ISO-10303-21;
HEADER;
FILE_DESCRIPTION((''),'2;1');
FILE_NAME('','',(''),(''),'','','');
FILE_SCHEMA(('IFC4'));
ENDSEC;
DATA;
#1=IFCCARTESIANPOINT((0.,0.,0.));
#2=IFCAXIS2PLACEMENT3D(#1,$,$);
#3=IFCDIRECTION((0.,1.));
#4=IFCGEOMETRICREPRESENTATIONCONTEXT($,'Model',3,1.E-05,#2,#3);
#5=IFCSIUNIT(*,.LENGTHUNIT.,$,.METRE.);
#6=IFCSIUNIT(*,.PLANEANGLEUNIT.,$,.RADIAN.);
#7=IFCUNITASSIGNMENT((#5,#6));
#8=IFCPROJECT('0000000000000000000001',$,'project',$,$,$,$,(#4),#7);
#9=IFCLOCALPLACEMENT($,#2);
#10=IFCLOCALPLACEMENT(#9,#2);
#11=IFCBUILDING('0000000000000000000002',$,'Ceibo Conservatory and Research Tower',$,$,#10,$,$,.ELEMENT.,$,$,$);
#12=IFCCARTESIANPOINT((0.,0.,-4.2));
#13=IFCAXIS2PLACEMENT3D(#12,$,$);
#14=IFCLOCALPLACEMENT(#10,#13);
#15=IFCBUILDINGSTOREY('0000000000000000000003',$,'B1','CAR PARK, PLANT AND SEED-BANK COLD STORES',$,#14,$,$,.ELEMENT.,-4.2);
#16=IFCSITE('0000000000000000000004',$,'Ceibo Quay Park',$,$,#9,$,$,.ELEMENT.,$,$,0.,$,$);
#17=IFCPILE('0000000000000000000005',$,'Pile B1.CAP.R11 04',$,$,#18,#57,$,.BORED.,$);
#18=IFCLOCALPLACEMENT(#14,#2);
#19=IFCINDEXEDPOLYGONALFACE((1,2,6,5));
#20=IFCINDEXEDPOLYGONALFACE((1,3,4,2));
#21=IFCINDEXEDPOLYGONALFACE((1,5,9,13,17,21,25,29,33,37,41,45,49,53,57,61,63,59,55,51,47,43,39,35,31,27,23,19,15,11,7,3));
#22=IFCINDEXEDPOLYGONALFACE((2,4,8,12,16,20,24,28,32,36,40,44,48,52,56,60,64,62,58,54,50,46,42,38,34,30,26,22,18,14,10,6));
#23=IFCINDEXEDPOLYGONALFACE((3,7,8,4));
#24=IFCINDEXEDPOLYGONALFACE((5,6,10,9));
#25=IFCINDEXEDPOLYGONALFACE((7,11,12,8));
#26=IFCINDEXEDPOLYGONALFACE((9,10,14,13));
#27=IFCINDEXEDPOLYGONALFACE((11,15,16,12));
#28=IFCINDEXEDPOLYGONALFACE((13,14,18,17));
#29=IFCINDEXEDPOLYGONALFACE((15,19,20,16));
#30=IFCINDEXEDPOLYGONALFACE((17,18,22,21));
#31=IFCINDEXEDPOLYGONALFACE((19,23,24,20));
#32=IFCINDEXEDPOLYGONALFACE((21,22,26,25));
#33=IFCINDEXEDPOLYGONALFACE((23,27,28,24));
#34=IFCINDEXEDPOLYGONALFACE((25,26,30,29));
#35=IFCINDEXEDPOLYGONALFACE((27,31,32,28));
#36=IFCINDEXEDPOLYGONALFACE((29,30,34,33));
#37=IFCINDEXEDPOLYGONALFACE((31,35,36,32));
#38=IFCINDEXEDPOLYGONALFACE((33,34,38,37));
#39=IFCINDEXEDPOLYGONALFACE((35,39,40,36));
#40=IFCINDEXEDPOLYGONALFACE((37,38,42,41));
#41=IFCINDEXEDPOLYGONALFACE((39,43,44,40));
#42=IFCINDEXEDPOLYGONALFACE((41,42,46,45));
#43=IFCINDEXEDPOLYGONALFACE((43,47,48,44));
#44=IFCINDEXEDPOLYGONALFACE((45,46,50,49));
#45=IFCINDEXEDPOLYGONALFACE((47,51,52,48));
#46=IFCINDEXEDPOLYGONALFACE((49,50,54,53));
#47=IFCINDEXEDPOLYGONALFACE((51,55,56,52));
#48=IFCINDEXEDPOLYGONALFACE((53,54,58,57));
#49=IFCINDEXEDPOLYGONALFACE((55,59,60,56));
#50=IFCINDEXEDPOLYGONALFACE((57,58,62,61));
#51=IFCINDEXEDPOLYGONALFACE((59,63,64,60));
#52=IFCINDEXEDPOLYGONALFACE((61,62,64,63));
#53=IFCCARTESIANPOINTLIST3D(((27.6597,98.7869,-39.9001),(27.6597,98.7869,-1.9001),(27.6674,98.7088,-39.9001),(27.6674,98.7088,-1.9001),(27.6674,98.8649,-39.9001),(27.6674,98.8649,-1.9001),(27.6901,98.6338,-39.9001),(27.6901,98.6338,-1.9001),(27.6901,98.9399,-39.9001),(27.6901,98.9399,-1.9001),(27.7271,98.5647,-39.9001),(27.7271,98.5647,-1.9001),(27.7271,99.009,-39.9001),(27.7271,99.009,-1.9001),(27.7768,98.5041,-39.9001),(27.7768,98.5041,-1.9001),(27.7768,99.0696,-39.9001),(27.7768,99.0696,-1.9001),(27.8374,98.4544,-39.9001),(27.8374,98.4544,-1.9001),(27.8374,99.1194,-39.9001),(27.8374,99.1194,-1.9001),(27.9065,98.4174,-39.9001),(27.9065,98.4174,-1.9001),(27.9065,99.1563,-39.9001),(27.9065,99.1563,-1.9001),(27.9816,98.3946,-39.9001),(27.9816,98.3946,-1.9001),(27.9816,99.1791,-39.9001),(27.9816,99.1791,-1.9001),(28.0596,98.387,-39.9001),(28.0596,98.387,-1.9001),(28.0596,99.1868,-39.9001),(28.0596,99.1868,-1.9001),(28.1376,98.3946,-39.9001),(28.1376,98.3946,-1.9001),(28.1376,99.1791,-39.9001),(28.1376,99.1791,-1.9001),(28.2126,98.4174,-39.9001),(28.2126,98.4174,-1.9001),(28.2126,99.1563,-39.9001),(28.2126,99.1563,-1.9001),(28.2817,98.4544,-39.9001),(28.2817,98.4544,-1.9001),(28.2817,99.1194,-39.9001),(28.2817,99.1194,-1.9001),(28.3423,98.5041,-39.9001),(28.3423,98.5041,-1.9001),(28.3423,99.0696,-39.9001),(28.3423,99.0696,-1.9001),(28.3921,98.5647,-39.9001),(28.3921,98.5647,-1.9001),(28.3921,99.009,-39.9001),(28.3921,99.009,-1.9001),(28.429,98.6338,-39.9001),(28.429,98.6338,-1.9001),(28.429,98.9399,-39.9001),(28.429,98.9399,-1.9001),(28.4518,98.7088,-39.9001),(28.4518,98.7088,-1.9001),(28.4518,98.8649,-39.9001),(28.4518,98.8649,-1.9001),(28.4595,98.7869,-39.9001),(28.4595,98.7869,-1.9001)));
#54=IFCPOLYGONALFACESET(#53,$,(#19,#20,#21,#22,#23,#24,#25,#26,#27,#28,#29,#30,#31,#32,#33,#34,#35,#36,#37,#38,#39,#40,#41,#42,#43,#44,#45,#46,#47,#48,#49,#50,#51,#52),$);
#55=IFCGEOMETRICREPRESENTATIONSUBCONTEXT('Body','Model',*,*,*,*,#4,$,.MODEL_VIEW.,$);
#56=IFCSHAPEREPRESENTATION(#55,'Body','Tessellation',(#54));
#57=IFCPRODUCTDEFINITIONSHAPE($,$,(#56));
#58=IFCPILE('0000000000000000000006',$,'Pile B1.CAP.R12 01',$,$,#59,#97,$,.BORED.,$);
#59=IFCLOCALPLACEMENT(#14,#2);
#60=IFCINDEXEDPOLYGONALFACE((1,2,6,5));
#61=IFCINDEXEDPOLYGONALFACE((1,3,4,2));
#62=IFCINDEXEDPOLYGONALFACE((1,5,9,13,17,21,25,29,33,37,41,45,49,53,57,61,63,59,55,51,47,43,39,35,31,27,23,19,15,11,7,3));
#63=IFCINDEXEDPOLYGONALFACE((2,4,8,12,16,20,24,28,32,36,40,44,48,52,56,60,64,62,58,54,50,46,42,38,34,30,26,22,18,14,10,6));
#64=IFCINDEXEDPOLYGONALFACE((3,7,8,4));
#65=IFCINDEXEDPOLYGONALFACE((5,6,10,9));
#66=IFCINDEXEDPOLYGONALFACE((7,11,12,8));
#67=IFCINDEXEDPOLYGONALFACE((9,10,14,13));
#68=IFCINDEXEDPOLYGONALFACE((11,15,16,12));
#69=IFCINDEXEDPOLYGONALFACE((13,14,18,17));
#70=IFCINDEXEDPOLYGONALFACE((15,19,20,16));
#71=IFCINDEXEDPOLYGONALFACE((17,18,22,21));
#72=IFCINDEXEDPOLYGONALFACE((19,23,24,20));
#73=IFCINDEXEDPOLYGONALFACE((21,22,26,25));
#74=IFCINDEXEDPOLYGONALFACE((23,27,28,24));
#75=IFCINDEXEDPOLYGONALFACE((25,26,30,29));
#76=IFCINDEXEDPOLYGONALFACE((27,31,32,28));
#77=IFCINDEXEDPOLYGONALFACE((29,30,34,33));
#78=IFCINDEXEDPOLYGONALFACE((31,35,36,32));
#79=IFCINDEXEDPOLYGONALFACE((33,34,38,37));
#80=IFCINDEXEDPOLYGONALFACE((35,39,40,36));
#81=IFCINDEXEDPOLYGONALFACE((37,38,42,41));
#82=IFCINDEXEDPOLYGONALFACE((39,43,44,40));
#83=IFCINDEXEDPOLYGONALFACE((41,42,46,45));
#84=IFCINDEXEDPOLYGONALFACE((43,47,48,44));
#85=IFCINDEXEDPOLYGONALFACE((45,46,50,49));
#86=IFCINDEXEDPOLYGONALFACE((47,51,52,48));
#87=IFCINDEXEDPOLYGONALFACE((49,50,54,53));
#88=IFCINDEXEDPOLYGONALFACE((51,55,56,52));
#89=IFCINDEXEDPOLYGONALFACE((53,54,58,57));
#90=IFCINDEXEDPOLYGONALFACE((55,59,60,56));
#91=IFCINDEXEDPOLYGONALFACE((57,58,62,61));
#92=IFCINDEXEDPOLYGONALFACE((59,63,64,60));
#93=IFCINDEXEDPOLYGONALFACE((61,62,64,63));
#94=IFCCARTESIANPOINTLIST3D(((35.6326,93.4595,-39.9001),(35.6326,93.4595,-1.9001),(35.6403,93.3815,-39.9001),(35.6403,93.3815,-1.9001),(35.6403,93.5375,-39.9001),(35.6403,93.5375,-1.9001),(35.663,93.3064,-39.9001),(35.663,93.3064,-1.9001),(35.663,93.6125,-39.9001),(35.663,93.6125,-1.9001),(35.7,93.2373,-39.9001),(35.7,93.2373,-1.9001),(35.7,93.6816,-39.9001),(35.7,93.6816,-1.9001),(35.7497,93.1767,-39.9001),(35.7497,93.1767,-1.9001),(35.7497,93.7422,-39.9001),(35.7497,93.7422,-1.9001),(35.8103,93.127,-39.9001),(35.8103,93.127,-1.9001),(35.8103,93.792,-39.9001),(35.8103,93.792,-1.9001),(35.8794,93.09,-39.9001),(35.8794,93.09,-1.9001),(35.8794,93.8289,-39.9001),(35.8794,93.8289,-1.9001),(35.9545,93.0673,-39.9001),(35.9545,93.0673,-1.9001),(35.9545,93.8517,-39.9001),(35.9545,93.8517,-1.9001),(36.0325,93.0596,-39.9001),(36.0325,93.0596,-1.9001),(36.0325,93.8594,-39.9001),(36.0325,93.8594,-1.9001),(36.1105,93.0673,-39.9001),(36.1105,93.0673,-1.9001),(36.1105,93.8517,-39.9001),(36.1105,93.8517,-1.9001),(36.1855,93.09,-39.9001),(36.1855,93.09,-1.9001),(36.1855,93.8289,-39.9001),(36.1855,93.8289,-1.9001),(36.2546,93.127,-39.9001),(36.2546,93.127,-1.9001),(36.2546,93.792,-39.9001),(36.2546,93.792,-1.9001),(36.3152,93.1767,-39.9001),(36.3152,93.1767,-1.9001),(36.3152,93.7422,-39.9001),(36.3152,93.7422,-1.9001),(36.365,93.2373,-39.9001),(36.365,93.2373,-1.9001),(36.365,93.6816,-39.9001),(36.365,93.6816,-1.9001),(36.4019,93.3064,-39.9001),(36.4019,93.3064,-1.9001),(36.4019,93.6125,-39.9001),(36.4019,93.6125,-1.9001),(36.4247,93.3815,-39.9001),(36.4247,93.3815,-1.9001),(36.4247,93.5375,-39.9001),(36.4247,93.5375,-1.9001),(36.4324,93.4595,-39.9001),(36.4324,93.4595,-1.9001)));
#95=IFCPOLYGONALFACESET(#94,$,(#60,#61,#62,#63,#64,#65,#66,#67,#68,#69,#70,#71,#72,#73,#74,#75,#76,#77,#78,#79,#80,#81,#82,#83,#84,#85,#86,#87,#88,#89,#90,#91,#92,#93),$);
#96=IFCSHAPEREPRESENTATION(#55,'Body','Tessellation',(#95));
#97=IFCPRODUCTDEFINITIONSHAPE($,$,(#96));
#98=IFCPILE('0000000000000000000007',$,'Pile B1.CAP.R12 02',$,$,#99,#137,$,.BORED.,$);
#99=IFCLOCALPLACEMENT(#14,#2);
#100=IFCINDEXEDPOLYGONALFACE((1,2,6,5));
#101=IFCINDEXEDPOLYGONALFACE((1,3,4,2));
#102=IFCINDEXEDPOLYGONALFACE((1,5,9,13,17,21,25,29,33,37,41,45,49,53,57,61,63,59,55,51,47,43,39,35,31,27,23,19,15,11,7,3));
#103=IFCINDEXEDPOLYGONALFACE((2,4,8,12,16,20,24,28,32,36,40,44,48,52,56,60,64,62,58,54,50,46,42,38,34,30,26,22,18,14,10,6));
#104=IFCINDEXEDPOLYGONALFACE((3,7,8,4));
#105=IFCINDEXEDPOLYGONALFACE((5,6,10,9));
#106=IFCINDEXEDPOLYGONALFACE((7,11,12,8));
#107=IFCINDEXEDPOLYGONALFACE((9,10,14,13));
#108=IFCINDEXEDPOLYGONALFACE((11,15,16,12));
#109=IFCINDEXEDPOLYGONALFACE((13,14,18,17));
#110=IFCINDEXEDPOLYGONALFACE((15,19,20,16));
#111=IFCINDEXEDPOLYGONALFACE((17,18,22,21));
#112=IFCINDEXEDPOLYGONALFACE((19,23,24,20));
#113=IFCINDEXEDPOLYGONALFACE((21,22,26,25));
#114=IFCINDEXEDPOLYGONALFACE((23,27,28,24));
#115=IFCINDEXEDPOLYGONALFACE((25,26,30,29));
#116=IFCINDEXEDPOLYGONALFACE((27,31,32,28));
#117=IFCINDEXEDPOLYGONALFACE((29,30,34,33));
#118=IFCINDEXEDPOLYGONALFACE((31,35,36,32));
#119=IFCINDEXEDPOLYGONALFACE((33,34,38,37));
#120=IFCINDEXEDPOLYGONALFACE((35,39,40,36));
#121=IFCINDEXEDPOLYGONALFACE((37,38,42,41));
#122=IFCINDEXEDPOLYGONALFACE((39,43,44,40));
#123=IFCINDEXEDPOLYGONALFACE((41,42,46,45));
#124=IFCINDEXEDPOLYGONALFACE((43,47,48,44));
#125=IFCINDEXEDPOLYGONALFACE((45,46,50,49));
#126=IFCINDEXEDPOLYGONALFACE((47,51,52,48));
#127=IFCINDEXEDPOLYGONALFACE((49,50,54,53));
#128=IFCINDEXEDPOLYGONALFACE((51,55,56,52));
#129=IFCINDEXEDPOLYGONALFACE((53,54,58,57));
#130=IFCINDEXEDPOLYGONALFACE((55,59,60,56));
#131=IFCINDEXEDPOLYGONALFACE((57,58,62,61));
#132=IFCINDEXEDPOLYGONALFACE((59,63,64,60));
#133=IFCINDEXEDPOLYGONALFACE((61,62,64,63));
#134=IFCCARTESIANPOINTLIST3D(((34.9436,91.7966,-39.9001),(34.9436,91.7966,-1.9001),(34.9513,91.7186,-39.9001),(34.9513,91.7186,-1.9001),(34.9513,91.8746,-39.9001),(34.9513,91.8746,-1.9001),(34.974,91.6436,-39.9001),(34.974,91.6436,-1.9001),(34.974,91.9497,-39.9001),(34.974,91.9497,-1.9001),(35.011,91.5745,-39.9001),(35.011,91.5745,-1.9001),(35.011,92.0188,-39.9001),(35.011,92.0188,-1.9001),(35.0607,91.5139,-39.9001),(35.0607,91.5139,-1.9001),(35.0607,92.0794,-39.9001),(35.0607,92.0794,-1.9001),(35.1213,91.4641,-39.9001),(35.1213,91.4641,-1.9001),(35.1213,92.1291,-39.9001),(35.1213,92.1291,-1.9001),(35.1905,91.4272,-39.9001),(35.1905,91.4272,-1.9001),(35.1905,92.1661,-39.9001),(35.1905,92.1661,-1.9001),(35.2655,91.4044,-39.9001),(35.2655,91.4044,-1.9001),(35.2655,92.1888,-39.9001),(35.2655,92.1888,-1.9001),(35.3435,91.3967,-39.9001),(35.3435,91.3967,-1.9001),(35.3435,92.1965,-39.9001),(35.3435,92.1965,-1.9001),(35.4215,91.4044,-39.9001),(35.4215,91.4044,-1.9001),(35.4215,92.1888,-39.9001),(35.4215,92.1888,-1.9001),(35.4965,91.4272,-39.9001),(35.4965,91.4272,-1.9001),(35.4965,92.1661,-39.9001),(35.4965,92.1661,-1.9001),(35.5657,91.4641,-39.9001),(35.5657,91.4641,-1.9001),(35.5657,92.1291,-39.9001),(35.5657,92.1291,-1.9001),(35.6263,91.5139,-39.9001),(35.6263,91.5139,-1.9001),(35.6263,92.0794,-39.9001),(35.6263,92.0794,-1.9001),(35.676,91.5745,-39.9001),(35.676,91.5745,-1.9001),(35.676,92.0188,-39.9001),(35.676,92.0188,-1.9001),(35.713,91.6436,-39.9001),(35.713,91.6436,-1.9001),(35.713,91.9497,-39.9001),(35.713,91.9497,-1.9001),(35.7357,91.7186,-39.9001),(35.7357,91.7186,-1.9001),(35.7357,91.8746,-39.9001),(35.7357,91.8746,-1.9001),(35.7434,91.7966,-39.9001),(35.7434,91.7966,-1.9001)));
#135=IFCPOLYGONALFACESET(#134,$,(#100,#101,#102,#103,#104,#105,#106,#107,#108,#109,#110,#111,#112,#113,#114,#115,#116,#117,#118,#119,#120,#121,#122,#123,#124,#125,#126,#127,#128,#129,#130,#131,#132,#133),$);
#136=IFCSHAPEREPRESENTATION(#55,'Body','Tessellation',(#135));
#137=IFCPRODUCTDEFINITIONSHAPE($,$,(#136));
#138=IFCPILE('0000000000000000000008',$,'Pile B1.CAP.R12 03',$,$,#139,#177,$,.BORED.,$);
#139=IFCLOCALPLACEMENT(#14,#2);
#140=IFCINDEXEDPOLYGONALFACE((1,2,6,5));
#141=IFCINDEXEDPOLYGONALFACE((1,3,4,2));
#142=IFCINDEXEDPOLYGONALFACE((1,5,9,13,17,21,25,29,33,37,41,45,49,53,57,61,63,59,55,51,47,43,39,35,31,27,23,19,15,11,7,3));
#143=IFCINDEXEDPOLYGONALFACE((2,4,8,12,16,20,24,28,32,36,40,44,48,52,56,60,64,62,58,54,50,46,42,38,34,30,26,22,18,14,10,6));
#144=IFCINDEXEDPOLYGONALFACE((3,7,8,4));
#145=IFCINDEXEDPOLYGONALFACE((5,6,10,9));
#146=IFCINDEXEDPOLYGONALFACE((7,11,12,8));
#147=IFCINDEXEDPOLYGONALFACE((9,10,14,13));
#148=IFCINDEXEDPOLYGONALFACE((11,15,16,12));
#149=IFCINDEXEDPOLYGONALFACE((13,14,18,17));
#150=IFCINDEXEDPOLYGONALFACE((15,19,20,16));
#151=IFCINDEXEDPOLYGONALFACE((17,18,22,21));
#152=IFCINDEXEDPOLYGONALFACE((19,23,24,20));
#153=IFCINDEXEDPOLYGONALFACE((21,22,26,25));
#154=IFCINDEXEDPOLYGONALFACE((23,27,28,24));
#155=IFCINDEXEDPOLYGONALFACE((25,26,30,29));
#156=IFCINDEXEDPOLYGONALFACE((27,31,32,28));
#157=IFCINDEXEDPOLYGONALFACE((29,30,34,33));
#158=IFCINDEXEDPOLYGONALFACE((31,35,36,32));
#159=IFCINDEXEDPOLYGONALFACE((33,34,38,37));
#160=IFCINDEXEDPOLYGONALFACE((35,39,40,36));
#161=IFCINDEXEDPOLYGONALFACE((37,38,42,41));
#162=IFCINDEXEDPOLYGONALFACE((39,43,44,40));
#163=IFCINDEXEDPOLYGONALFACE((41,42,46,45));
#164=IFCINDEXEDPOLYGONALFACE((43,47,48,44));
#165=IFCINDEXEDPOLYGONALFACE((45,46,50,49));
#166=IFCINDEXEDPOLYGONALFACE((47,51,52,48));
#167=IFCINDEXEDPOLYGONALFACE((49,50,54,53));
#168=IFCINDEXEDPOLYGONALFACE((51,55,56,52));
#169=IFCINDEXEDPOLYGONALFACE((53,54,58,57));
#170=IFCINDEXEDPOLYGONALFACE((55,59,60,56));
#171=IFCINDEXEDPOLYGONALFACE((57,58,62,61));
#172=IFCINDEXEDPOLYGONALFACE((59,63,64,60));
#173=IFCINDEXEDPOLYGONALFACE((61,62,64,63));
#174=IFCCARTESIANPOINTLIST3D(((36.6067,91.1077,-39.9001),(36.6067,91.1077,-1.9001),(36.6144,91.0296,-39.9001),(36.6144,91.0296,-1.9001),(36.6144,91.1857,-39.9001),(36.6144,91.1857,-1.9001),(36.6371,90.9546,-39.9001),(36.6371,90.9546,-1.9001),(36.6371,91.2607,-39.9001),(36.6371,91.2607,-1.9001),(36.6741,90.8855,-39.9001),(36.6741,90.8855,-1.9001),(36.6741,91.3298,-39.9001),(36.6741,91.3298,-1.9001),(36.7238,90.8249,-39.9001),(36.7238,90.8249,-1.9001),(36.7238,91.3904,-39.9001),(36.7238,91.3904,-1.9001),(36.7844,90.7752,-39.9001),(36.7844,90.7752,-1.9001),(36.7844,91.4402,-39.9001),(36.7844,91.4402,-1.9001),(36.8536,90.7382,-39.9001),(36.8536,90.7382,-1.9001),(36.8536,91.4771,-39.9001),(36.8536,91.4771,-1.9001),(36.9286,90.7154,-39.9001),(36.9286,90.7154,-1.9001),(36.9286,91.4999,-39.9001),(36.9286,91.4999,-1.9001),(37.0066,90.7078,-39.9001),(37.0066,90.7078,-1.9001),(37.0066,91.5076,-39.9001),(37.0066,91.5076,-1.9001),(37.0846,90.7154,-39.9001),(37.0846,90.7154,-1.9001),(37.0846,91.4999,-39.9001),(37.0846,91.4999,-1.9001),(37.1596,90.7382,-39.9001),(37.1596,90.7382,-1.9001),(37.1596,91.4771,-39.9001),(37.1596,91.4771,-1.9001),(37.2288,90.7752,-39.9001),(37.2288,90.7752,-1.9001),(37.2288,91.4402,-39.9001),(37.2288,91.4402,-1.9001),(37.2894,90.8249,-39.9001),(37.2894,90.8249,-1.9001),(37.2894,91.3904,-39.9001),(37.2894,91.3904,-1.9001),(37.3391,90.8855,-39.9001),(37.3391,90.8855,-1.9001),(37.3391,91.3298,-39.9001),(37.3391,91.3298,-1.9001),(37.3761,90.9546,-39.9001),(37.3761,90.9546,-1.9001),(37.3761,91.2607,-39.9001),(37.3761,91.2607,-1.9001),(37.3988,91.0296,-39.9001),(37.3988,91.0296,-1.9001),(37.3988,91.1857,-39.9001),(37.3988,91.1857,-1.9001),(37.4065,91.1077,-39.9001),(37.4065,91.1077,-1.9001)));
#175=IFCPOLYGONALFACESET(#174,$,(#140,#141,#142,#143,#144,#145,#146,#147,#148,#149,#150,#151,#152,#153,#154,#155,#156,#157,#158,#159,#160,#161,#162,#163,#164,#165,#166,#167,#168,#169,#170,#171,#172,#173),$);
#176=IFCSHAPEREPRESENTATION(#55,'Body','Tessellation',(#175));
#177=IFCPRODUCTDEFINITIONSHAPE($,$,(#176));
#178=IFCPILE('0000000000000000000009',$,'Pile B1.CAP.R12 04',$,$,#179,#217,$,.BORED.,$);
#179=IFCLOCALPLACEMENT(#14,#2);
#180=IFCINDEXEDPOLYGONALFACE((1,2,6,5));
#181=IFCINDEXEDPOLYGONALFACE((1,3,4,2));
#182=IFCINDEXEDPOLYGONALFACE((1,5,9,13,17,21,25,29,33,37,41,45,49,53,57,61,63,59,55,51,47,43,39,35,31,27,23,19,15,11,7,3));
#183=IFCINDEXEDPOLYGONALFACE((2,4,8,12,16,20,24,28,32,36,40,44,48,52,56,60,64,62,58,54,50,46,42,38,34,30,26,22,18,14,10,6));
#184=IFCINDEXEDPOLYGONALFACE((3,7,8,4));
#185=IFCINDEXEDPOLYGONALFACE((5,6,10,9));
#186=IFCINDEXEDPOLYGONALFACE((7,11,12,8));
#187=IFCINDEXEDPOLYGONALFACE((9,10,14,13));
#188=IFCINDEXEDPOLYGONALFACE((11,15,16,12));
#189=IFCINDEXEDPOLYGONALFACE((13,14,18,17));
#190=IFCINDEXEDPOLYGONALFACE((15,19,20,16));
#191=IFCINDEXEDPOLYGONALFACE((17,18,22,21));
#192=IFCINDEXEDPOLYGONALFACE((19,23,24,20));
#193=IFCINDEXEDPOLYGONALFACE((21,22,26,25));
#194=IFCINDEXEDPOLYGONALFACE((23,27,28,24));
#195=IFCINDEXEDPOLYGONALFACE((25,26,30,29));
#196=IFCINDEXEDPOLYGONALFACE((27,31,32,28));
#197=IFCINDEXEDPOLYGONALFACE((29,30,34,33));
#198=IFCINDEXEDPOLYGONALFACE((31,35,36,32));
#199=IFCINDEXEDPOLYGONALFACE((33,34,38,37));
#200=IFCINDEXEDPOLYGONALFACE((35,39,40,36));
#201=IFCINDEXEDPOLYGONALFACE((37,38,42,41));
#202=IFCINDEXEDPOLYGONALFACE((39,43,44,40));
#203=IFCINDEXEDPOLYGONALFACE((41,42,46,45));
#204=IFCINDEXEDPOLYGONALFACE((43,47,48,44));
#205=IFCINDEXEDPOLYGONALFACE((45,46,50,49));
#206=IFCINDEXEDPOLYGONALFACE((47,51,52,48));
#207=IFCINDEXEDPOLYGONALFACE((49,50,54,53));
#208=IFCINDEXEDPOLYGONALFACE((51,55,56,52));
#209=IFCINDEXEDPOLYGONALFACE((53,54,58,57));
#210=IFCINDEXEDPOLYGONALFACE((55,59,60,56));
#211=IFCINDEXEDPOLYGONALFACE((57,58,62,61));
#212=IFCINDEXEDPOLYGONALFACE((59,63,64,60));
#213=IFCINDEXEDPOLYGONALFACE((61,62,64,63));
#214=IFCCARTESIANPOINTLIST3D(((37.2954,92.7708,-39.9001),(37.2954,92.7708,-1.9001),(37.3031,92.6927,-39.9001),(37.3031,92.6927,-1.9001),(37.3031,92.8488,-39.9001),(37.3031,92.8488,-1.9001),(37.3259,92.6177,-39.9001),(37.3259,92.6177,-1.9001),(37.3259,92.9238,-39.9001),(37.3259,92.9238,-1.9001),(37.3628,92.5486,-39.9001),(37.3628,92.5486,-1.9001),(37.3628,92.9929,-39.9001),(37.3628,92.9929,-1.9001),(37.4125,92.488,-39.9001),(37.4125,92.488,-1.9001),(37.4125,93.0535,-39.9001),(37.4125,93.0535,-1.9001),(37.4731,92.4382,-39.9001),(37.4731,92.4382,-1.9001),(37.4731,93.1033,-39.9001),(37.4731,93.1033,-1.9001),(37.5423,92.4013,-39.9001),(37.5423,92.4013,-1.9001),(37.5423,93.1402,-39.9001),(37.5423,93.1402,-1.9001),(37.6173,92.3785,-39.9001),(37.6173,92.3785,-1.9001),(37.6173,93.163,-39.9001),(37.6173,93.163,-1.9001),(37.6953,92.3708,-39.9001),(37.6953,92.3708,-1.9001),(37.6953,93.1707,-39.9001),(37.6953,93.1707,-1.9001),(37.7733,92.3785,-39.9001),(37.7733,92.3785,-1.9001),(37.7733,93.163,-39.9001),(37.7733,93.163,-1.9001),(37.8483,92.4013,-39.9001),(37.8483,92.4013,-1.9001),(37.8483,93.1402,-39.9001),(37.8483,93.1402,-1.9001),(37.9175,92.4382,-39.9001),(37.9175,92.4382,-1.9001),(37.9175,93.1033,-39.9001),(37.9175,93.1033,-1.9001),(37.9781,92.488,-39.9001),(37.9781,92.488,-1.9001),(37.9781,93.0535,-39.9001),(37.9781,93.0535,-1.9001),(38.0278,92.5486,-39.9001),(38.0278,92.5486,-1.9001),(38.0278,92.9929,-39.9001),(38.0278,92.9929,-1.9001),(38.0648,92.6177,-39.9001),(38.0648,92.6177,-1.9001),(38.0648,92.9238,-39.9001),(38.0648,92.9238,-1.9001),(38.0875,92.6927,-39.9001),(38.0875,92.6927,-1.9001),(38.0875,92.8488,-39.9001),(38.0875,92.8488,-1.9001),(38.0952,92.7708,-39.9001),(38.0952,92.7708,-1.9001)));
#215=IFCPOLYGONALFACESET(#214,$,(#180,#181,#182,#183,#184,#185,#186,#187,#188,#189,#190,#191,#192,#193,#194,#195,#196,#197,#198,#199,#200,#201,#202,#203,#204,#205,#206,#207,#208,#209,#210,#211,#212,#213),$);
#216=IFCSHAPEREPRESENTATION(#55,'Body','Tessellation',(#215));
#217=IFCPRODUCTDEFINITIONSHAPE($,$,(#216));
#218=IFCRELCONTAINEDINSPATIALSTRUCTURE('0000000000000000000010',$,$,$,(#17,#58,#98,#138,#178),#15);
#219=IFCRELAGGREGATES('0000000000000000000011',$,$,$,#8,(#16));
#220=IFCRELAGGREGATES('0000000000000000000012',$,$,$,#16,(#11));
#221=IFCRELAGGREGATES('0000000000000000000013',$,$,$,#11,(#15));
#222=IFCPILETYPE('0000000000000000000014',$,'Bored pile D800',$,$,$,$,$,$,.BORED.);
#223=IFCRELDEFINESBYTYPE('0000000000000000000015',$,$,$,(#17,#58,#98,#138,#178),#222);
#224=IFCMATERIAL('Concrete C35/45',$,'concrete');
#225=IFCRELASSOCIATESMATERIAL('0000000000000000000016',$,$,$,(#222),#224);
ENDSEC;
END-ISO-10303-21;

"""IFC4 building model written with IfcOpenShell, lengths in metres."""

from ifc_helpers import new_model, si_unit, direction, frame, origin, origin_2d, place, context, subcontext, project, spatial, circle, extrude, material, material_profile, profile_set, type_object, element, save


model = new_model("IFC4")

# Units and contexts
model_context = context("Model", 3, precision=1e-05, world=origin(), true_north=direction((0.0, 1.0)))
body_context = subcontext(model_context, "Body", "Model", "MODEL_VIEW")
ifc_project = project(units=[si_unit("LENGTHUNIT", "METRE"), si_unit("PLANEANGLEUNIT", "RADIAN")], contexts=[model_context])

# Site, building, storey
site_placement = place(None, origin())
site = spatial("IfcSite", under=ifc_project, at=site_placement, Name="Ceibo Quay Park", CompositionType="ELEMENT", RefElevation=0.0)
building_placement = place(site_placement, origin())
building = spatial("IfcBuilding", under=site, at=building_placement, Name="Ceibo Conservatory and Research Tower", CompositionType="ELEMENT")
storey_placement = place(building_placement, frame((0.0, 0.0, -4.2)))
storey = spatial("IfcBuildingStorey", under=building, at=storey_placement, Name="B1", Description="CAR PARK, PLANT AND SEED-BANK COLD STORES", CompositionType="ELEMENT", Elevation=-4.2)

# Piles
ifc_material_1 = material(Name="Concrete C35/45", Category="concrete")
ifc_material_profile_1 = material_profile(ifc_material_1, circle(Radius=0.3999, at=origin_2d()), Name="RC D800")
ifc_profile_set_1 = profile_set([ifc_material_profile_1], Name="Concrete C35/45")
pile_type_1 = type_object("IfcPileType", Name="Bored pile D800", PredefinedType="BORED", material=ifc_profile_set_1)
for number, where, z_axis, x_axis, name in (
    (1, (28.0596, 98.7869, -1.9001), (0.0, 0.0, -1.0), (1.0, 0.0, 0.0), "Pile B1.CAP.R11 04"),
    (2, (36.0325, 93.4595, -1.9001), (0.0, 0.0, -1.0), (1.0, 0.0, 0.0), "Pile B1.CAP.R12 01"),
    (3, (35.3435, 91.7966, -1.9001), (0.0, 0.0, -1.0), (1.0, 0.0, 0.0), "Pile B1.CAP.R12 02"),
    (4, (37.0066, 91.1077, -1.9001), (0.0, 0.0, -1.0), (1.0, 0.0, 0.0), "Pile B1.CAP.R12 03"),
    (5, (37.6953, 92.7708, -1.9001), (0.0, 0.0, -1.0), (1.0, 0.0, 0.0), "Pile B1.CAP.R12 04"),
):
    element("IfcPile", number, at=place(storey_placement, frame(where, z_axis=z_axis, x_axis=x_axis)), inside=storey, type_object=pile_type_1, Name=name, PredefinedType="BORED", context=body_context, shape_type="SweptSolid", body=[
        extrude(circle(Radius=0.3999, at=origin_2d()), origin(), (0.0, 0.0, 1.0), 38.0),
    ])

save(model, "model.ifc")
